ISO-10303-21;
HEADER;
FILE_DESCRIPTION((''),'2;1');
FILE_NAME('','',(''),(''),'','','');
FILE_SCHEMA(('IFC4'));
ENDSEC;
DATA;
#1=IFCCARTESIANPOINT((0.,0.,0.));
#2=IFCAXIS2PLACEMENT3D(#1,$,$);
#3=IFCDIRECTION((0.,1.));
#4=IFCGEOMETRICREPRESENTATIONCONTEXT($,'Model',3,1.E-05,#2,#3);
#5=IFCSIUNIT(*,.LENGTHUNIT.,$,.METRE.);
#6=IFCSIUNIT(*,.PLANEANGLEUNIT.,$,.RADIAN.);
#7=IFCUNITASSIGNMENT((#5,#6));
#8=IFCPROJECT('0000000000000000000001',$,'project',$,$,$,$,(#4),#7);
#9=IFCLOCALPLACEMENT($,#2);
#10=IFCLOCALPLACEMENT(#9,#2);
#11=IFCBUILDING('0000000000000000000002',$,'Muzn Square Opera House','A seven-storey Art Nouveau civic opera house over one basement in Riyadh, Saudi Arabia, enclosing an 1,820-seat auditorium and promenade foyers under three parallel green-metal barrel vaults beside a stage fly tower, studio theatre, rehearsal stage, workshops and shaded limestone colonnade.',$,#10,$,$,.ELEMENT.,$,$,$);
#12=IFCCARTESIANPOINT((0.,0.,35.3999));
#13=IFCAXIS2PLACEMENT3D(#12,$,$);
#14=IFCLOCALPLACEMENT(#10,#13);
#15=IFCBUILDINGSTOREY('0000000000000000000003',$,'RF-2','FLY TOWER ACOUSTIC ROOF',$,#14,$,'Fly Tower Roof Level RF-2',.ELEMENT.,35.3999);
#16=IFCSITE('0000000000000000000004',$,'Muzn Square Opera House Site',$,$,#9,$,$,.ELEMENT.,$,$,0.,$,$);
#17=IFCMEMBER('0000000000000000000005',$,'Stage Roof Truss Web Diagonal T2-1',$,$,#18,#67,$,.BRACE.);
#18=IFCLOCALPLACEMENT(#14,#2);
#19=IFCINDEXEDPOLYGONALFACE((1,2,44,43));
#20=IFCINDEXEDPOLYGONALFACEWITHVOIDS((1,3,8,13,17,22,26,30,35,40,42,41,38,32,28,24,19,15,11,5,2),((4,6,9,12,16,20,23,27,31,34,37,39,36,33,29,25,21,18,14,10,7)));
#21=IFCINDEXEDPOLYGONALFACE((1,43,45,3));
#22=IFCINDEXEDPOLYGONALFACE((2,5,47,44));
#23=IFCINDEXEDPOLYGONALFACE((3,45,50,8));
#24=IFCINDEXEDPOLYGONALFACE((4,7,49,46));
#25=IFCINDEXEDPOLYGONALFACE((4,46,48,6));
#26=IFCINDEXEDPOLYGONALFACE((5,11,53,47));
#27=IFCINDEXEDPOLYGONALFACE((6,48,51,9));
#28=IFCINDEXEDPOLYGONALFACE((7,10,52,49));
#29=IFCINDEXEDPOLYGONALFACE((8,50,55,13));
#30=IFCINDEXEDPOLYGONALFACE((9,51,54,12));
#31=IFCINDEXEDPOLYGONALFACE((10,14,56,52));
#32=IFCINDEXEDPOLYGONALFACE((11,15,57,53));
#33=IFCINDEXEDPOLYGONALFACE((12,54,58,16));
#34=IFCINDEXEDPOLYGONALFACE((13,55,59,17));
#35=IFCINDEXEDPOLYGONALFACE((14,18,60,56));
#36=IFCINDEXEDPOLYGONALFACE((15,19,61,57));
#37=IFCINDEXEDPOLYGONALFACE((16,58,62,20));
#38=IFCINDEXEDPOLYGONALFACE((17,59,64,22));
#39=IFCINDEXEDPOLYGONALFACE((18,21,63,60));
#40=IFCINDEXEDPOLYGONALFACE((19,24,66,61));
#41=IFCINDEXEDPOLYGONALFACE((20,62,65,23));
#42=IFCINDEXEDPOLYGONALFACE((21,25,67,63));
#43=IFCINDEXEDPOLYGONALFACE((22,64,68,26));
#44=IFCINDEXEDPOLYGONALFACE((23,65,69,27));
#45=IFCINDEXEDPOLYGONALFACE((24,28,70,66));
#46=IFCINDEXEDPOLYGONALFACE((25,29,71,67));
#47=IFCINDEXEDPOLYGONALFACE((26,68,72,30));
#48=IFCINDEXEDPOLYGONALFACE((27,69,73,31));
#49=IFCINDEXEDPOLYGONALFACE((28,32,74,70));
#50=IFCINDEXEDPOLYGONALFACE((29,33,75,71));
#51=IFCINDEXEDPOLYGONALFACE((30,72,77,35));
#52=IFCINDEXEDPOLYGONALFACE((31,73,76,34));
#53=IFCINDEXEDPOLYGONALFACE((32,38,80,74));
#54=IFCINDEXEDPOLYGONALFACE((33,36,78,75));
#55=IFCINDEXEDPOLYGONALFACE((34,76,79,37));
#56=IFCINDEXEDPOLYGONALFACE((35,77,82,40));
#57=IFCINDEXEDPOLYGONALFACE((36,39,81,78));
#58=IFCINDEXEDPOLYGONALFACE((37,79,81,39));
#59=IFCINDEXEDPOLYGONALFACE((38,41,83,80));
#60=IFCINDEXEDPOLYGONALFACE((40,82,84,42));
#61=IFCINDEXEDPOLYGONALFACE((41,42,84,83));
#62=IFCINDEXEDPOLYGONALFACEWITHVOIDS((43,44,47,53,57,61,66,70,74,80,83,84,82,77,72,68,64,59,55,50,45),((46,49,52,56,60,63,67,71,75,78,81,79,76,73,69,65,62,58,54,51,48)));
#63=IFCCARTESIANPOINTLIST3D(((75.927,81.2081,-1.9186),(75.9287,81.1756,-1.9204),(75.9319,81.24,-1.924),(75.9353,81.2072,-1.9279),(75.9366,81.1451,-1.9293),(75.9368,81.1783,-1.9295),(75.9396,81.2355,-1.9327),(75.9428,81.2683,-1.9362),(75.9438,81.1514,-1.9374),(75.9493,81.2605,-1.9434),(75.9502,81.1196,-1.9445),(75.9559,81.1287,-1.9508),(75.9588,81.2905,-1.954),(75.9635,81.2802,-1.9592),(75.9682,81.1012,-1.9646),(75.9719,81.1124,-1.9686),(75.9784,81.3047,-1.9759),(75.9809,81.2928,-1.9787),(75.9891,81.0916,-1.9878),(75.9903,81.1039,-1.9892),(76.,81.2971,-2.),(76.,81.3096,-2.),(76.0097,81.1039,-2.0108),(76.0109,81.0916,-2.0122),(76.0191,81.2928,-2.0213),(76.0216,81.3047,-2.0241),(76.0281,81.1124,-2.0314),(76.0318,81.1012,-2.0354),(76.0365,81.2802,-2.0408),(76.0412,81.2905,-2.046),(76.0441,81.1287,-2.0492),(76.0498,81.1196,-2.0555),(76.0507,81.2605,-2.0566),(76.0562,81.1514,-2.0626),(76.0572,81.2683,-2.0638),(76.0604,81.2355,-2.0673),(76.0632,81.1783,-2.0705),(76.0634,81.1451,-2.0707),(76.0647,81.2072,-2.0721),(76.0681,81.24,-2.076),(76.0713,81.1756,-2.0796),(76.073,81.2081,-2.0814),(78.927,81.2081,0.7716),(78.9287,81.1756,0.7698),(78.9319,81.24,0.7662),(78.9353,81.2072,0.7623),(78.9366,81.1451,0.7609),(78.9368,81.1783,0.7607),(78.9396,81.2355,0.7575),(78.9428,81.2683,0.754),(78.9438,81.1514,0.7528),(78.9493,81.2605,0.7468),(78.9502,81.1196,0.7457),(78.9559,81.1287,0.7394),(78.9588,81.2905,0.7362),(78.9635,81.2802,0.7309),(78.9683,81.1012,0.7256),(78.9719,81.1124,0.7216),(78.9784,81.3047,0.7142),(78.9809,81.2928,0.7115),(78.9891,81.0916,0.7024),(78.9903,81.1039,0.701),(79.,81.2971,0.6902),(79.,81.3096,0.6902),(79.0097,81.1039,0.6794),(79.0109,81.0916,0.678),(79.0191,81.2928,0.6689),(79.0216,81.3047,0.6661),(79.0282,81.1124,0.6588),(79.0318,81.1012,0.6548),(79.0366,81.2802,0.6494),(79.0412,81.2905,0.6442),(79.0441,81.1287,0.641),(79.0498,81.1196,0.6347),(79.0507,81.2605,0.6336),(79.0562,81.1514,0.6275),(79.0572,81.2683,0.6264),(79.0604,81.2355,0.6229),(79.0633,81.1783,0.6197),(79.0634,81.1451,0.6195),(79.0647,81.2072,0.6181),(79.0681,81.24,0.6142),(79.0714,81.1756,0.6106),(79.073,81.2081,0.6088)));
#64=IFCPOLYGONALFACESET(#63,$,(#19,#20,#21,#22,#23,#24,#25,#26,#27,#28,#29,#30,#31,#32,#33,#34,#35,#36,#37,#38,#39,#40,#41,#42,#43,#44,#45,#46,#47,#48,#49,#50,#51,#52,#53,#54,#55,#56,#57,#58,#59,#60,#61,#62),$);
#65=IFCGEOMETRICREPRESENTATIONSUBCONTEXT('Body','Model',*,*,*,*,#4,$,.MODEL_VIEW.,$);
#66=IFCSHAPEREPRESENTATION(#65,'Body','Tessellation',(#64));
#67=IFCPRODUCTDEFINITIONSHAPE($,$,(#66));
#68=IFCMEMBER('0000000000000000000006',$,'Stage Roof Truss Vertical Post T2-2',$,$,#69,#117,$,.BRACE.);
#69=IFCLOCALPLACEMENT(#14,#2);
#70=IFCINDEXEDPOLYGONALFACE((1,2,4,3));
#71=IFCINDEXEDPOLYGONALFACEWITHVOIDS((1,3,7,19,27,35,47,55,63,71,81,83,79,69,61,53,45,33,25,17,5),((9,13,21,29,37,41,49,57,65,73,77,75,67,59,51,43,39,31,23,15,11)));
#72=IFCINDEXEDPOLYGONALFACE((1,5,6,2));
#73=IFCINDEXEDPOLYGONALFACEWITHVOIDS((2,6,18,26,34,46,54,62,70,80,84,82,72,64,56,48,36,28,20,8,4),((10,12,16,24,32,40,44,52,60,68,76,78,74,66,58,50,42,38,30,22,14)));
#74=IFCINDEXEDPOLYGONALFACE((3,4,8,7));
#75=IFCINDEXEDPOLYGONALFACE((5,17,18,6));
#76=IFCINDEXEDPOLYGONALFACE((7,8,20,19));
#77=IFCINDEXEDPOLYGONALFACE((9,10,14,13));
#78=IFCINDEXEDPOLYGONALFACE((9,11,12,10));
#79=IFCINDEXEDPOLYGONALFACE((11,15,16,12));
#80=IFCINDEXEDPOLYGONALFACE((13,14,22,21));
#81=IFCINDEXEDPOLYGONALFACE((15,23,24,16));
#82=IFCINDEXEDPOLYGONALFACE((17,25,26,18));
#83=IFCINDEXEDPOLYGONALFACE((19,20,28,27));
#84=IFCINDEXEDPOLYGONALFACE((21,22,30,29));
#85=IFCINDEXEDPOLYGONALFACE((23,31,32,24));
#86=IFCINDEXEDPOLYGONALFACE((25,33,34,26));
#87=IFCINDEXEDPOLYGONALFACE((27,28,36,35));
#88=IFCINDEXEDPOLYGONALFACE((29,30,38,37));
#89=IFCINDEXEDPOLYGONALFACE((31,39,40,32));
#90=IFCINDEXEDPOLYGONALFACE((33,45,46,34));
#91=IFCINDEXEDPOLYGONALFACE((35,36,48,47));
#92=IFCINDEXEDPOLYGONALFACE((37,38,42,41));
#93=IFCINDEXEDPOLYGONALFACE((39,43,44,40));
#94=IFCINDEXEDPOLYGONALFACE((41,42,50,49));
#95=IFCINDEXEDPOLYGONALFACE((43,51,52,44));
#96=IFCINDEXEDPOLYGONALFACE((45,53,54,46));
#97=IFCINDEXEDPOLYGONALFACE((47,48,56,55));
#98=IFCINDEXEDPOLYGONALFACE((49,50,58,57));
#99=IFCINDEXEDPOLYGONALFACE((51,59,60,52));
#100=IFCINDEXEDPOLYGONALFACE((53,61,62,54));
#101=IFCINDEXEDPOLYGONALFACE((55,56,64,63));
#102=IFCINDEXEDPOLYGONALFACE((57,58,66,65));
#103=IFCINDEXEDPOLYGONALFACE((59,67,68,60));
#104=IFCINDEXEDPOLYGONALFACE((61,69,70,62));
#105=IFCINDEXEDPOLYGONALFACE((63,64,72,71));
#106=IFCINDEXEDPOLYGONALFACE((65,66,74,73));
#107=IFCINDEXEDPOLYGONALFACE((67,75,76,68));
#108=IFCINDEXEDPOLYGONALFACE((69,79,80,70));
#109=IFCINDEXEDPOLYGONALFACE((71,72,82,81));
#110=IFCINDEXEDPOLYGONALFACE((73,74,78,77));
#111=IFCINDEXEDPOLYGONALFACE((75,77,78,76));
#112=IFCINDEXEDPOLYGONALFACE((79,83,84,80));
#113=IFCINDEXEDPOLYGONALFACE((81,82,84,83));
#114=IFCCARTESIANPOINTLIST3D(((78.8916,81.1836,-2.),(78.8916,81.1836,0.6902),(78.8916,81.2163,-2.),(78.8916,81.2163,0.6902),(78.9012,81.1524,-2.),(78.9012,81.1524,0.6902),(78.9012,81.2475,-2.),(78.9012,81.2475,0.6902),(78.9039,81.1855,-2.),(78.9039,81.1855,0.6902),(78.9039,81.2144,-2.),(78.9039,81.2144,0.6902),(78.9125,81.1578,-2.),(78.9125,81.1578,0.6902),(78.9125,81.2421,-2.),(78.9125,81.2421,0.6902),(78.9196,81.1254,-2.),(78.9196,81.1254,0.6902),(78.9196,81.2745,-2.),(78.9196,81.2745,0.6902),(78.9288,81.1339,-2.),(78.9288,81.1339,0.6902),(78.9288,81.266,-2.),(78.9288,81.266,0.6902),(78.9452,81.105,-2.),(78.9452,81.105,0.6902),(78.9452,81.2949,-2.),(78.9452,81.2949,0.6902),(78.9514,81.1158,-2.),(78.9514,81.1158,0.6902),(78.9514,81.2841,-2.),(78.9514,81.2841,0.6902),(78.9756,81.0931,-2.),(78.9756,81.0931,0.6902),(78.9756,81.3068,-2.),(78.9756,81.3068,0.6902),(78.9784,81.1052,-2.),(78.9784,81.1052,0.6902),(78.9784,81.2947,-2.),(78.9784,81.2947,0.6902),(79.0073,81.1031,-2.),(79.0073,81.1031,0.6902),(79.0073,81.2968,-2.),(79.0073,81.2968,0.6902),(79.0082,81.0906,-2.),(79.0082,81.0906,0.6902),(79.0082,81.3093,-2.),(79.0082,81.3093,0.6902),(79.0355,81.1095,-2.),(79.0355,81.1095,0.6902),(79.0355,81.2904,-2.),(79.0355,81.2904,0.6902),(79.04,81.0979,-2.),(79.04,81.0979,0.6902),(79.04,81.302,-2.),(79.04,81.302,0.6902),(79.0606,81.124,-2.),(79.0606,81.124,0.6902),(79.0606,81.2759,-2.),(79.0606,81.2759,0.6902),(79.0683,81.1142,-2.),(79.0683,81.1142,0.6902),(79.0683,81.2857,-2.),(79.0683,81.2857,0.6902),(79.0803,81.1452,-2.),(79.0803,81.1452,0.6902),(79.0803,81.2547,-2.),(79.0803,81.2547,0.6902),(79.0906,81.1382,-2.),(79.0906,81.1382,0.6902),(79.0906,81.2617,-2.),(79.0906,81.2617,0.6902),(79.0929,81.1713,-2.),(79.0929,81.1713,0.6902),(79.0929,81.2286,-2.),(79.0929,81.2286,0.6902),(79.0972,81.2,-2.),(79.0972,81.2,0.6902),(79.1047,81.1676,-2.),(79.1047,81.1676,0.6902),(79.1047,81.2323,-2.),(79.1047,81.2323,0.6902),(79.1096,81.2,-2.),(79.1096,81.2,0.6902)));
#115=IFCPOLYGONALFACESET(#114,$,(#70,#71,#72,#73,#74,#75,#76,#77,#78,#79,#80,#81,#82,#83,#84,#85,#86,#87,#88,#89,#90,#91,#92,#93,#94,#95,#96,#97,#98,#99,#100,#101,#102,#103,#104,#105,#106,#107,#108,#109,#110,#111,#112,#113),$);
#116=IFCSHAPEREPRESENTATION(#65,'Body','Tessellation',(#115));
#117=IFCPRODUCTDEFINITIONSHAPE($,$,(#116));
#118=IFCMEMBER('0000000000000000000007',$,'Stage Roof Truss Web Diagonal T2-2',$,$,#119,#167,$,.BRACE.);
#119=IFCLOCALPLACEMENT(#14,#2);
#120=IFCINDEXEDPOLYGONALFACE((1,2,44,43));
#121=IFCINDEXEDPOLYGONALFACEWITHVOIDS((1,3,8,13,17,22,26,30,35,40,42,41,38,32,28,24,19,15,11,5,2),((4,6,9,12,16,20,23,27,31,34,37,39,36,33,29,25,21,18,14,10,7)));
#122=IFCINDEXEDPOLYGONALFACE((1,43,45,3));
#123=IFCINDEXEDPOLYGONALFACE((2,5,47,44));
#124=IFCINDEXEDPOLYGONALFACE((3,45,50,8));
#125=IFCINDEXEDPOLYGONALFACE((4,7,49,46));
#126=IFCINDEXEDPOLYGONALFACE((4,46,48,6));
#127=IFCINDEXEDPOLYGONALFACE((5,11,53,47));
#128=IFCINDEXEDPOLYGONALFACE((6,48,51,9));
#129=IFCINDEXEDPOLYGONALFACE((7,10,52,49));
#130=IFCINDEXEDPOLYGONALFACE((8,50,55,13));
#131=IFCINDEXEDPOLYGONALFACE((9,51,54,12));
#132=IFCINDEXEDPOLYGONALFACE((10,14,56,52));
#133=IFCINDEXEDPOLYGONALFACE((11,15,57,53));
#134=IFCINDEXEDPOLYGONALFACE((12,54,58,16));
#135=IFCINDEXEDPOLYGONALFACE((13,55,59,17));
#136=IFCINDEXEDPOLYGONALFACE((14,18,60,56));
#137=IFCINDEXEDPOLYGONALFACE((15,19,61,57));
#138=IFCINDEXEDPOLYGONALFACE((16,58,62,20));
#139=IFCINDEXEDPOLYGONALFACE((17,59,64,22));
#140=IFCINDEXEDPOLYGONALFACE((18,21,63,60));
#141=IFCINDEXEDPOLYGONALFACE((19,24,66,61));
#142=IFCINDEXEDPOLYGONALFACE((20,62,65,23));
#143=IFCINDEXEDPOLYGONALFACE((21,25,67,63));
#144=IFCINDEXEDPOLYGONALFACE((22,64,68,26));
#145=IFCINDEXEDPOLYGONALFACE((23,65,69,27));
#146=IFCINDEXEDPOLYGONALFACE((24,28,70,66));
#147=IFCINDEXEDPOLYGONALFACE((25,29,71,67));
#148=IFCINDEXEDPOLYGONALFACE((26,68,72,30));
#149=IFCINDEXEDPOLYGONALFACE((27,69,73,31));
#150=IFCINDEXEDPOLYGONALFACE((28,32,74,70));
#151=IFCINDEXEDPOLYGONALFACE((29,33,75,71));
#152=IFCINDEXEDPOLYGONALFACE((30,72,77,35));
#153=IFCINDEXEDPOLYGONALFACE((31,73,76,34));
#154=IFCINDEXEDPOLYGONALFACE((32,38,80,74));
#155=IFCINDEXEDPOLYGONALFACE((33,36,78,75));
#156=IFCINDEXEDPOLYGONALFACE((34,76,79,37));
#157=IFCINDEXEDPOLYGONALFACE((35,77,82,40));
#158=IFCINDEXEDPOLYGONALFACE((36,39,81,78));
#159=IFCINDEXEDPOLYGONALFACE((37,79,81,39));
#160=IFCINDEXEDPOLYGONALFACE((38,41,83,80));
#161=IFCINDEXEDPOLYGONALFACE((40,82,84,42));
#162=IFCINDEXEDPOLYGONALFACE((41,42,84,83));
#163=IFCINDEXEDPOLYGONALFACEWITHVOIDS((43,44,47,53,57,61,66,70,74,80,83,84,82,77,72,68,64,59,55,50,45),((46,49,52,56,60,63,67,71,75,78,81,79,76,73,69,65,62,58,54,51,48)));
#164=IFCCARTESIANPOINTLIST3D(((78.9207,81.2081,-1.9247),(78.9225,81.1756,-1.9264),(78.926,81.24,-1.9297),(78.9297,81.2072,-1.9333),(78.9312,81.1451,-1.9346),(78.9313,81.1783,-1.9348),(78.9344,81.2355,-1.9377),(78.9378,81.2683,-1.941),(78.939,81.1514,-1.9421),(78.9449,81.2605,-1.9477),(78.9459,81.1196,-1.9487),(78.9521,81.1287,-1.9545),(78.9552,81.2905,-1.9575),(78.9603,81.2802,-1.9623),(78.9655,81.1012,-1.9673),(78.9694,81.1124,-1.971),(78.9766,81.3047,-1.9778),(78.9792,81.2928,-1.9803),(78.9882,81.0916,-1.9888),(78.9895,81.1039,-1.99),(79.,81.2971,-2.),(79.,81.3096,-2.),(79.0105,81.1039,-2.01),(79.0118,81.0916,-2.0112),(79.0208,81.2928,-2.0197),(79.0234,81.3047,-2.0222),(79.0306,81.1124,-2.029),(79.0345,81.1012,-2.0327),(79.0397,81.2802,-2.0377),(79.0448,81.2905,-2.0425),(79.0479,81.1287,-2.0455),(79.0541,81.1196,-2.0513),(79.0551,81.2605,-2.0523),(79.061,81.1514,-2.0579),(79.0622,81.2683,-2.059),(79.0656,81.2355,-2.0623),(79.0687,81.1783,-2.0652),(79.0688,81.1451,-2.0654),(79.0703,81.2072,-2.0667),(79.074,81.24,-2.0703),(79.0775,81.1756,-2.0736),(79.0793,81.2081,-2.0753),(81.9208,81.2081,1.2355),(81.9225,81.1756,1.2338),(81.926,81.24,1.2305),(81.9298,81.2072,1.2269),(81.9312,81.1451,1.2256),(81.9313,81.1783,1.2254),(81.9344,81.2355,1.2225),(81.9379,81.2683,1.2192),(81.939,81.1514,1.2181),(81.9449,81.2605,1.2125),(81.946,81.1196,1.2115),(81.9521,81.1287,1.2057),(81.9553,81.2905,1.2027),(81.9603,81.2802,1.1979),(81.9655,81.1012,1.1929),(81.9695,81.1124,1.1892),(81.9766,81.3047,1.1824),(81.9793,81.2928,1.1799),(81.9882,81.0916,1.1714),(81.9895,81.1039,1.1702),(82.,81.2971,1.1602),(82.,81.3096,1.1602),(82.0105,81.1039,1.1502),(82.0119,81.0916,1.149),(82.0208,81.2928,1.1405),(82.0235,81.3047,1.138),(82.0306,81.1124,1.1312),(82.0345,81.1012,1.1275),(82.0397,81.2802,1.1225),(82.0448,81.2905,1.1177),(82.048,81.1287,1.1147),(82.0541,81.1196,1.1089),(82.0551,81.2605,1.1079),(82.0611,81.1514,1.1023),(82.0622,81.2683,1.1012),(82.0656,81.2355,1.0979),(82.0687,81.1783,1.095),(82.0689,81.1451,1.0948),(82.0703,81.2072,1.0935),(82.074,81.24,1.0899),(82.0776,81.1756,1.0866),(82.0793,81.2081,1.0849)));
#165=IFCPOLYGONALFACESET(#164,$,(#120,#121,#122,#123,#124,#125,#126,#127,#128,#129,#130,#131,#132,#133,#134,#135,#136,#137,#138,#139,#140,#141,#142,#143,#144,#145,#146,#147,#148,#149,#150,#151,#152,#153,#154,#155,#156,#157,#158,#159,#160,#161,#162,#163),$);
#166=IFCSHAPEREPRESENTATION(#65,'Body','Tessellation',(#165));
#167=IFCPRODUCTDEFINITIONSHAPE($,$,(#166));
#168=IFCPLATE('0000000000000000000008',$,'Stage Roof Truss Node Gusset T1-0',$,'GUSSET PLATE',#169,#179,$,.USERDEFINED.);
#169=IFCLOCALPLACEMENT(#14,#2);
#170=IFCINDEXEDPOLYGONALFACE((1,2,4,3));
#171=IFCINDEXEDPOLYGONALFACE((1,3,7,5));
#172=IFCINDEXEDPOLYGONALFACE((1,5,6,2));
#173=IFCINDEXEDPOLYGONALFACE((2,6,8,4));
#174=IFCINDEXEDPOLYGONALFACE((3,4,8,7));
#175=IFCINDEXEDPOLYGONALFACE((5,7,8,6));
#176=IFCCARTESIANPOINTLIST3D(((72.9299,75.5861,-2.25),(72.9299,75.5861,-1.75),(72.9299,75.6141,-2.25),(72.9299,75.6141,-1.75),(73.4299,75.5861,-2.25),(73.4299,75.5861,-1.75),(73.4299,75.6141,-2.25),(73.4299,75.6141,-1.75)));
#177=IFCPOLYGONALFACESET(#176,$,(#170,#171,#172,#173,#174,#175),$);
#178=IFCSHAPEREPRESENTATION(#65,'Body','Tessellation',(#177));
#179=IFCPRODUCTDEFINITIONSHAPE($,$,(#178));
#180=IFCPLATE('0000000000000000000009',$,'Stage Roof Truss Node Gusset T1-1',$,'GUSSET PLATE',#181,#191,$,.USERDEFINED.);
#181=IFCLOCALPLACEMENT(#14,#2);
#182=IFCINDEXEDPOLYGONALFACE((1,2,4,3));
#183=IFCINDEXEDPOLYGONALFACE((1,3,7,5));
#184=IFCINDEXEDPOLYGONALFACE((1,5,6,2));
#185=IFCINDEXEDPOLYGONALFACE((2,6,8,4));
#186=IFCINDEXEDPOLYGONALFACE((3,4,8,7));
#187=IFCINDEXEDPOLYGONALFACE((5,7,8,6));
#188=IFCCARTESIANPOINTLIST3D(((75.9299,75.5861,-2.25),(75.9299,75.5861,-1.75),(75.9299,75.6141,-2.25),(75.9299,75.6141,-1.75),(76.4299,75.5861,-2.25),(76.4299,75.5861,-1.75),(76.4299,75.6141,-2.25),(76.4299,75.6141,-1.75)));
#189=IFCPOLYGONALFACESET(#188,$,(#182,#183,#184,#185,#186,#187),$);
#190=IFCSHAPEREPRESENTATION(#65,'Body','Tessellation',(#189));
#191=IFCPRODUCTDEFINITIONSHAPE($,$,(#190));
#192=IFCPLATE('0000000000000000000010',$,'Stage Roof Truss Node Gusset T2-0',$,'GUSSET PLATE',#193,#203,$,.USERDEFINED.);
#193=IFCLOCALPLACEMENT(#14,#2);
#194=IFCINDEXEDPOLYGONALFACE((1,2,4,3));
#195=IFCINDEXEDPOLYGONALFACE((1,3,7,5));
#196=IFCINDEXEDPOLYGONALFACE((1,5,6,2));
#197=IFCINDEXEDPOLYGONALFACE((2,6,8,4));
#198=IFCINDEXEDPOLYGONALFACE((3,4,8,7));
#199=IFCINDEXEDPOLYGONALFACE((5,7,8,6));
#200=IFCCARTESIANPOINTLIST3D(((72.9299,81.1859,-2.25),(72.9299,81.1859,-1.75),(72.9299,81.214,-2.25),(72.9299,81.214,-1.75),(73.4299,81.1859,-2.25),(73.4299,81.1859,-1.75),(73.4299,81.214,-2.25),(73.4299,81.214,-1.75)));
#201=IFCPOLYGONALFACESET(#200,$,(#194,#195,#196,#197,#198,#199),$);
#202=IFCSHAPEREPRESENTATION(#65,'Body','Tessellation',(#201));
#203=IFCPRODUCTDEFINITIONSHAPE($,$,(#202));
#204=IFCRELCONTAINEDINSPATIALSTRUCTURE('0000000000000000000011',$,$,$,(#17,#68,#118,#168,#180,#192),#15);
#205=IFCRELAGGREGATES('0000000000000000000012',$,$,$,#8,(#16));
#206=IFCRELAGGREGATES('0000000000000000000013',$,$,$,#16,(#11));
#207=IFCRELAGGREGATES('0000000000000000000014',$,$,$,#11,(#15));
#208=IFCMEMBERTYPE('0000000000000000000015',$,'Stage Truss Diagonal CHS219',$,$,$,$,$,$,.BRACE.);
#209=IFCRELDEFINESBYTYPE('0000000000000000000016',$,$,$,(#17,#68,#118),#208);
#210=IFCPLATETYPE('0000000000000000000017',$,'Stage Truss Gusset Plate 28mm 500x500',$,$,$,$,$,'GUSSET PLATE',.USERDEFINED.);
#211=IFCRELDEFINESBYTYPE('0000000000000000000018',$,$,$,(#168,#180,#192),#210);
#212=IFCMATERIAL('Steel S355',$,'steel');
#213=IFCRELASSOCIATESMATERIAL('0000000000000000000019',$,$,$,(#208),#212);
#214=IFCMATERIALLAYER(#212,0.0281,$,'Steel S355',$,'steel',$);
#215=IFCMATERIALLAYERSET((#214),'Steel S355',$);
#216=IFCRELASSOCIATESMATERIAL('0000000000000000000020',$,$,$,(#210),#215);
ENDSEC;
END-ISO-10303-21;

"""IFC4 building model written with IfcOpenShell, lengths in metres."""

from ifc_helpers import new_model, si_unit, direction, frame, origin, origin_2d, place, context, subcontext, project, spatial, rectangle, hollow_circle, extrude, material, layer, layer_set, material_profile, profile_set, type_object, element, save


model = new_model("IFC4")

# Units and contexts
model_context = context("Model", 3, precision=1e-05, world=origin(), true_north=direction((0.0, 1.0)))
body_context = subcontext(model_context, "Body", "Model", "MODEL_VIEW")
ifc_project = project(units=[si_unit("LENGTHUNIT", "METRE"), si_unit("PLANEANGLEUNIT", "RADIAN")], contexts=[model_context])

# Site, building, storey
site_placement = place(None, origin())
site = spatial("IfcSite", under=ifc_project, at=site_placement, Name="Muzn Square Opera House Site", CompositionType="ELEMENT", RefElevation=0.0)
building_placement = place(site_placement, origin())
building = spatial("IfcBuilding", under=site, at=building_placement, Name="Muzn Square Opera House", Description="A seven-storey Art Nouveau civic opera house over one basement in Riyadh, Saudi Arabia, enclosing an 1,820-seat auditorium and promenade foyers under three parallel green-metal barrel vaults beside a stage fly tower, studio theatre, rehearsal stage, workshops and shaded limestone colonnade.", CompositionType="ELEMENT")
storey_placement = place(building_placement, frame((0.0, 0.0, 35.3999)))
storey = spatial("IfcBuildingStorey", under=building, at=storey_placement, Name="RF-2", Description="FLY TOWER ACOUSTIC ROOF", LongName="Fly Tower Roof Level RF-2", CompositionType="ELEMENT", Elevation=35.3999)

# Members
ifc_material = material(Name="Steel S355", Category="steel")
ifc_material_profile_1 = material_profile(ifc_material, hollow_circle(Radius=0.1096, WallThickness=0.0125, at=origin_2d()), Name="CHS 219.1x12.5", Category="steel")
ifc_profile_set_1 = profile_set([ifc_material_profile_1], Name="Steel S355")
member_type_1 = type_object("IfcMemberType", Name="Stage Truss Diagonal CHS219", PredefinedType="BRACE", material=ifc_profile_set_1)
member_1_placement = place(storey_placement, frame((76.0, 81.2, -2.0), z_axis=(0.744504, 0.0, 0.667618), x_axis=(0.0, 1.0, 0.0)))
element("IfcMember", 1, at=member_1_placement, inside=storey, type_object=member_type_1, Name="Stage Roof Truss Web Diagonal T2-1", PredefinedType="BRACE", context=body_context, shape_type="SweptSolid", body=[
    extrude(hollow_circle(Radius=0.1096, WallThickness=0.0125, at=origin_2d()), origin(), (0.0, 0.0, 1.0), 4.0295),
])
member_2_placement = place(storey_placement, frame((79.0, 81.2, -2.0), z_axis=(0.0, 0.0, 1.0), x_axis=(1.0, 0.0, 0.0)))
element("IfcMember", 2, at=member_2_placement, inside=storey, type_object=member_type_1, Name="Stage Roof Truss Vertical Post T2-2", PredefinedType="BRACE", context=body_context, shape_type="SweptSolid", body=[
    extrude(hollow_circle(Radius=0.1096, WallThickness=0.0125, at=origin_2d()), origin(), (0.0, 0.0, 1.0), 2.6902),
])
member_3_placement = place(storey_placement, frame((79.0, 81.2, -2.0), z_axis=(0.68849, 0.0, 0.725246), x_axis=(0.0, 1.0, 0.0)))
element("IfcMember", 3, at=member_3_placement, inside=storey, type_object=member_type_1, Name="Stage Roof Truss Web Diagonal T2-2", PredefinedType="BRACE", context=body_context, shape_type="SweptSolid", body=[
    extrude(hollow_circle(Radius=0.1096, WallThickness=0.0125, at=origin_2d()), origin(), (0.0, 0.0, 1.0), 4.3574),
])

# Plates
ifc_layer = layer(ifc_material, 0.0281, Name="Steel S355", Category="steel")
ifc_layer_set = layer_set([ifc_layer], Name="Steel S355")
plate_type = type_object("IfcPlateType", Name="Stage Truss Gusset Plate 28mm 500x500", ElementType="GUSSET PLATE", PredefinedType="USERDEFINED", material=ifc_layer_set)
for number, where, z_axis, x_axis, name in (
    (4, (73.1799, 75.6001, -2.25), (0.0, 0.0, 1.0), (1.0, 0.0, 0.0), "Stage Roof Truss Node Gusset T1-0"),
    (5, (76.1799, 75.6001, -2.25), (0.0, 0.0, 1.0), (1.0, 0.0, 0.0), "Stage Roof Truss Node Gusset T1-1"),
    (6, (73.1799, 81.2, -2.25), (0.0, 0.0, 1.0), (1.0, 0.0, 0.0), "Stage Roof Truss Node Gusset T2-0"),
):
    element("IfcPlate", number, at=place(storey_placement, frame(where, z_axis=z_axis, x_axis=x_axis)), inside=storey, type_object=plate_type, Name=name, ObjectType="GUSSET PLATE", PredefinedType="USERDEFINED", context=body_context, shape_type="SweptSolid", body=[
        extrude(rectangle(XDim=0.5, YDim=0.0281, at=origin_2d()), origin(), (0.0, 0.0, 1.0), 0.5),
    ])

save(model, "model.ifc")
